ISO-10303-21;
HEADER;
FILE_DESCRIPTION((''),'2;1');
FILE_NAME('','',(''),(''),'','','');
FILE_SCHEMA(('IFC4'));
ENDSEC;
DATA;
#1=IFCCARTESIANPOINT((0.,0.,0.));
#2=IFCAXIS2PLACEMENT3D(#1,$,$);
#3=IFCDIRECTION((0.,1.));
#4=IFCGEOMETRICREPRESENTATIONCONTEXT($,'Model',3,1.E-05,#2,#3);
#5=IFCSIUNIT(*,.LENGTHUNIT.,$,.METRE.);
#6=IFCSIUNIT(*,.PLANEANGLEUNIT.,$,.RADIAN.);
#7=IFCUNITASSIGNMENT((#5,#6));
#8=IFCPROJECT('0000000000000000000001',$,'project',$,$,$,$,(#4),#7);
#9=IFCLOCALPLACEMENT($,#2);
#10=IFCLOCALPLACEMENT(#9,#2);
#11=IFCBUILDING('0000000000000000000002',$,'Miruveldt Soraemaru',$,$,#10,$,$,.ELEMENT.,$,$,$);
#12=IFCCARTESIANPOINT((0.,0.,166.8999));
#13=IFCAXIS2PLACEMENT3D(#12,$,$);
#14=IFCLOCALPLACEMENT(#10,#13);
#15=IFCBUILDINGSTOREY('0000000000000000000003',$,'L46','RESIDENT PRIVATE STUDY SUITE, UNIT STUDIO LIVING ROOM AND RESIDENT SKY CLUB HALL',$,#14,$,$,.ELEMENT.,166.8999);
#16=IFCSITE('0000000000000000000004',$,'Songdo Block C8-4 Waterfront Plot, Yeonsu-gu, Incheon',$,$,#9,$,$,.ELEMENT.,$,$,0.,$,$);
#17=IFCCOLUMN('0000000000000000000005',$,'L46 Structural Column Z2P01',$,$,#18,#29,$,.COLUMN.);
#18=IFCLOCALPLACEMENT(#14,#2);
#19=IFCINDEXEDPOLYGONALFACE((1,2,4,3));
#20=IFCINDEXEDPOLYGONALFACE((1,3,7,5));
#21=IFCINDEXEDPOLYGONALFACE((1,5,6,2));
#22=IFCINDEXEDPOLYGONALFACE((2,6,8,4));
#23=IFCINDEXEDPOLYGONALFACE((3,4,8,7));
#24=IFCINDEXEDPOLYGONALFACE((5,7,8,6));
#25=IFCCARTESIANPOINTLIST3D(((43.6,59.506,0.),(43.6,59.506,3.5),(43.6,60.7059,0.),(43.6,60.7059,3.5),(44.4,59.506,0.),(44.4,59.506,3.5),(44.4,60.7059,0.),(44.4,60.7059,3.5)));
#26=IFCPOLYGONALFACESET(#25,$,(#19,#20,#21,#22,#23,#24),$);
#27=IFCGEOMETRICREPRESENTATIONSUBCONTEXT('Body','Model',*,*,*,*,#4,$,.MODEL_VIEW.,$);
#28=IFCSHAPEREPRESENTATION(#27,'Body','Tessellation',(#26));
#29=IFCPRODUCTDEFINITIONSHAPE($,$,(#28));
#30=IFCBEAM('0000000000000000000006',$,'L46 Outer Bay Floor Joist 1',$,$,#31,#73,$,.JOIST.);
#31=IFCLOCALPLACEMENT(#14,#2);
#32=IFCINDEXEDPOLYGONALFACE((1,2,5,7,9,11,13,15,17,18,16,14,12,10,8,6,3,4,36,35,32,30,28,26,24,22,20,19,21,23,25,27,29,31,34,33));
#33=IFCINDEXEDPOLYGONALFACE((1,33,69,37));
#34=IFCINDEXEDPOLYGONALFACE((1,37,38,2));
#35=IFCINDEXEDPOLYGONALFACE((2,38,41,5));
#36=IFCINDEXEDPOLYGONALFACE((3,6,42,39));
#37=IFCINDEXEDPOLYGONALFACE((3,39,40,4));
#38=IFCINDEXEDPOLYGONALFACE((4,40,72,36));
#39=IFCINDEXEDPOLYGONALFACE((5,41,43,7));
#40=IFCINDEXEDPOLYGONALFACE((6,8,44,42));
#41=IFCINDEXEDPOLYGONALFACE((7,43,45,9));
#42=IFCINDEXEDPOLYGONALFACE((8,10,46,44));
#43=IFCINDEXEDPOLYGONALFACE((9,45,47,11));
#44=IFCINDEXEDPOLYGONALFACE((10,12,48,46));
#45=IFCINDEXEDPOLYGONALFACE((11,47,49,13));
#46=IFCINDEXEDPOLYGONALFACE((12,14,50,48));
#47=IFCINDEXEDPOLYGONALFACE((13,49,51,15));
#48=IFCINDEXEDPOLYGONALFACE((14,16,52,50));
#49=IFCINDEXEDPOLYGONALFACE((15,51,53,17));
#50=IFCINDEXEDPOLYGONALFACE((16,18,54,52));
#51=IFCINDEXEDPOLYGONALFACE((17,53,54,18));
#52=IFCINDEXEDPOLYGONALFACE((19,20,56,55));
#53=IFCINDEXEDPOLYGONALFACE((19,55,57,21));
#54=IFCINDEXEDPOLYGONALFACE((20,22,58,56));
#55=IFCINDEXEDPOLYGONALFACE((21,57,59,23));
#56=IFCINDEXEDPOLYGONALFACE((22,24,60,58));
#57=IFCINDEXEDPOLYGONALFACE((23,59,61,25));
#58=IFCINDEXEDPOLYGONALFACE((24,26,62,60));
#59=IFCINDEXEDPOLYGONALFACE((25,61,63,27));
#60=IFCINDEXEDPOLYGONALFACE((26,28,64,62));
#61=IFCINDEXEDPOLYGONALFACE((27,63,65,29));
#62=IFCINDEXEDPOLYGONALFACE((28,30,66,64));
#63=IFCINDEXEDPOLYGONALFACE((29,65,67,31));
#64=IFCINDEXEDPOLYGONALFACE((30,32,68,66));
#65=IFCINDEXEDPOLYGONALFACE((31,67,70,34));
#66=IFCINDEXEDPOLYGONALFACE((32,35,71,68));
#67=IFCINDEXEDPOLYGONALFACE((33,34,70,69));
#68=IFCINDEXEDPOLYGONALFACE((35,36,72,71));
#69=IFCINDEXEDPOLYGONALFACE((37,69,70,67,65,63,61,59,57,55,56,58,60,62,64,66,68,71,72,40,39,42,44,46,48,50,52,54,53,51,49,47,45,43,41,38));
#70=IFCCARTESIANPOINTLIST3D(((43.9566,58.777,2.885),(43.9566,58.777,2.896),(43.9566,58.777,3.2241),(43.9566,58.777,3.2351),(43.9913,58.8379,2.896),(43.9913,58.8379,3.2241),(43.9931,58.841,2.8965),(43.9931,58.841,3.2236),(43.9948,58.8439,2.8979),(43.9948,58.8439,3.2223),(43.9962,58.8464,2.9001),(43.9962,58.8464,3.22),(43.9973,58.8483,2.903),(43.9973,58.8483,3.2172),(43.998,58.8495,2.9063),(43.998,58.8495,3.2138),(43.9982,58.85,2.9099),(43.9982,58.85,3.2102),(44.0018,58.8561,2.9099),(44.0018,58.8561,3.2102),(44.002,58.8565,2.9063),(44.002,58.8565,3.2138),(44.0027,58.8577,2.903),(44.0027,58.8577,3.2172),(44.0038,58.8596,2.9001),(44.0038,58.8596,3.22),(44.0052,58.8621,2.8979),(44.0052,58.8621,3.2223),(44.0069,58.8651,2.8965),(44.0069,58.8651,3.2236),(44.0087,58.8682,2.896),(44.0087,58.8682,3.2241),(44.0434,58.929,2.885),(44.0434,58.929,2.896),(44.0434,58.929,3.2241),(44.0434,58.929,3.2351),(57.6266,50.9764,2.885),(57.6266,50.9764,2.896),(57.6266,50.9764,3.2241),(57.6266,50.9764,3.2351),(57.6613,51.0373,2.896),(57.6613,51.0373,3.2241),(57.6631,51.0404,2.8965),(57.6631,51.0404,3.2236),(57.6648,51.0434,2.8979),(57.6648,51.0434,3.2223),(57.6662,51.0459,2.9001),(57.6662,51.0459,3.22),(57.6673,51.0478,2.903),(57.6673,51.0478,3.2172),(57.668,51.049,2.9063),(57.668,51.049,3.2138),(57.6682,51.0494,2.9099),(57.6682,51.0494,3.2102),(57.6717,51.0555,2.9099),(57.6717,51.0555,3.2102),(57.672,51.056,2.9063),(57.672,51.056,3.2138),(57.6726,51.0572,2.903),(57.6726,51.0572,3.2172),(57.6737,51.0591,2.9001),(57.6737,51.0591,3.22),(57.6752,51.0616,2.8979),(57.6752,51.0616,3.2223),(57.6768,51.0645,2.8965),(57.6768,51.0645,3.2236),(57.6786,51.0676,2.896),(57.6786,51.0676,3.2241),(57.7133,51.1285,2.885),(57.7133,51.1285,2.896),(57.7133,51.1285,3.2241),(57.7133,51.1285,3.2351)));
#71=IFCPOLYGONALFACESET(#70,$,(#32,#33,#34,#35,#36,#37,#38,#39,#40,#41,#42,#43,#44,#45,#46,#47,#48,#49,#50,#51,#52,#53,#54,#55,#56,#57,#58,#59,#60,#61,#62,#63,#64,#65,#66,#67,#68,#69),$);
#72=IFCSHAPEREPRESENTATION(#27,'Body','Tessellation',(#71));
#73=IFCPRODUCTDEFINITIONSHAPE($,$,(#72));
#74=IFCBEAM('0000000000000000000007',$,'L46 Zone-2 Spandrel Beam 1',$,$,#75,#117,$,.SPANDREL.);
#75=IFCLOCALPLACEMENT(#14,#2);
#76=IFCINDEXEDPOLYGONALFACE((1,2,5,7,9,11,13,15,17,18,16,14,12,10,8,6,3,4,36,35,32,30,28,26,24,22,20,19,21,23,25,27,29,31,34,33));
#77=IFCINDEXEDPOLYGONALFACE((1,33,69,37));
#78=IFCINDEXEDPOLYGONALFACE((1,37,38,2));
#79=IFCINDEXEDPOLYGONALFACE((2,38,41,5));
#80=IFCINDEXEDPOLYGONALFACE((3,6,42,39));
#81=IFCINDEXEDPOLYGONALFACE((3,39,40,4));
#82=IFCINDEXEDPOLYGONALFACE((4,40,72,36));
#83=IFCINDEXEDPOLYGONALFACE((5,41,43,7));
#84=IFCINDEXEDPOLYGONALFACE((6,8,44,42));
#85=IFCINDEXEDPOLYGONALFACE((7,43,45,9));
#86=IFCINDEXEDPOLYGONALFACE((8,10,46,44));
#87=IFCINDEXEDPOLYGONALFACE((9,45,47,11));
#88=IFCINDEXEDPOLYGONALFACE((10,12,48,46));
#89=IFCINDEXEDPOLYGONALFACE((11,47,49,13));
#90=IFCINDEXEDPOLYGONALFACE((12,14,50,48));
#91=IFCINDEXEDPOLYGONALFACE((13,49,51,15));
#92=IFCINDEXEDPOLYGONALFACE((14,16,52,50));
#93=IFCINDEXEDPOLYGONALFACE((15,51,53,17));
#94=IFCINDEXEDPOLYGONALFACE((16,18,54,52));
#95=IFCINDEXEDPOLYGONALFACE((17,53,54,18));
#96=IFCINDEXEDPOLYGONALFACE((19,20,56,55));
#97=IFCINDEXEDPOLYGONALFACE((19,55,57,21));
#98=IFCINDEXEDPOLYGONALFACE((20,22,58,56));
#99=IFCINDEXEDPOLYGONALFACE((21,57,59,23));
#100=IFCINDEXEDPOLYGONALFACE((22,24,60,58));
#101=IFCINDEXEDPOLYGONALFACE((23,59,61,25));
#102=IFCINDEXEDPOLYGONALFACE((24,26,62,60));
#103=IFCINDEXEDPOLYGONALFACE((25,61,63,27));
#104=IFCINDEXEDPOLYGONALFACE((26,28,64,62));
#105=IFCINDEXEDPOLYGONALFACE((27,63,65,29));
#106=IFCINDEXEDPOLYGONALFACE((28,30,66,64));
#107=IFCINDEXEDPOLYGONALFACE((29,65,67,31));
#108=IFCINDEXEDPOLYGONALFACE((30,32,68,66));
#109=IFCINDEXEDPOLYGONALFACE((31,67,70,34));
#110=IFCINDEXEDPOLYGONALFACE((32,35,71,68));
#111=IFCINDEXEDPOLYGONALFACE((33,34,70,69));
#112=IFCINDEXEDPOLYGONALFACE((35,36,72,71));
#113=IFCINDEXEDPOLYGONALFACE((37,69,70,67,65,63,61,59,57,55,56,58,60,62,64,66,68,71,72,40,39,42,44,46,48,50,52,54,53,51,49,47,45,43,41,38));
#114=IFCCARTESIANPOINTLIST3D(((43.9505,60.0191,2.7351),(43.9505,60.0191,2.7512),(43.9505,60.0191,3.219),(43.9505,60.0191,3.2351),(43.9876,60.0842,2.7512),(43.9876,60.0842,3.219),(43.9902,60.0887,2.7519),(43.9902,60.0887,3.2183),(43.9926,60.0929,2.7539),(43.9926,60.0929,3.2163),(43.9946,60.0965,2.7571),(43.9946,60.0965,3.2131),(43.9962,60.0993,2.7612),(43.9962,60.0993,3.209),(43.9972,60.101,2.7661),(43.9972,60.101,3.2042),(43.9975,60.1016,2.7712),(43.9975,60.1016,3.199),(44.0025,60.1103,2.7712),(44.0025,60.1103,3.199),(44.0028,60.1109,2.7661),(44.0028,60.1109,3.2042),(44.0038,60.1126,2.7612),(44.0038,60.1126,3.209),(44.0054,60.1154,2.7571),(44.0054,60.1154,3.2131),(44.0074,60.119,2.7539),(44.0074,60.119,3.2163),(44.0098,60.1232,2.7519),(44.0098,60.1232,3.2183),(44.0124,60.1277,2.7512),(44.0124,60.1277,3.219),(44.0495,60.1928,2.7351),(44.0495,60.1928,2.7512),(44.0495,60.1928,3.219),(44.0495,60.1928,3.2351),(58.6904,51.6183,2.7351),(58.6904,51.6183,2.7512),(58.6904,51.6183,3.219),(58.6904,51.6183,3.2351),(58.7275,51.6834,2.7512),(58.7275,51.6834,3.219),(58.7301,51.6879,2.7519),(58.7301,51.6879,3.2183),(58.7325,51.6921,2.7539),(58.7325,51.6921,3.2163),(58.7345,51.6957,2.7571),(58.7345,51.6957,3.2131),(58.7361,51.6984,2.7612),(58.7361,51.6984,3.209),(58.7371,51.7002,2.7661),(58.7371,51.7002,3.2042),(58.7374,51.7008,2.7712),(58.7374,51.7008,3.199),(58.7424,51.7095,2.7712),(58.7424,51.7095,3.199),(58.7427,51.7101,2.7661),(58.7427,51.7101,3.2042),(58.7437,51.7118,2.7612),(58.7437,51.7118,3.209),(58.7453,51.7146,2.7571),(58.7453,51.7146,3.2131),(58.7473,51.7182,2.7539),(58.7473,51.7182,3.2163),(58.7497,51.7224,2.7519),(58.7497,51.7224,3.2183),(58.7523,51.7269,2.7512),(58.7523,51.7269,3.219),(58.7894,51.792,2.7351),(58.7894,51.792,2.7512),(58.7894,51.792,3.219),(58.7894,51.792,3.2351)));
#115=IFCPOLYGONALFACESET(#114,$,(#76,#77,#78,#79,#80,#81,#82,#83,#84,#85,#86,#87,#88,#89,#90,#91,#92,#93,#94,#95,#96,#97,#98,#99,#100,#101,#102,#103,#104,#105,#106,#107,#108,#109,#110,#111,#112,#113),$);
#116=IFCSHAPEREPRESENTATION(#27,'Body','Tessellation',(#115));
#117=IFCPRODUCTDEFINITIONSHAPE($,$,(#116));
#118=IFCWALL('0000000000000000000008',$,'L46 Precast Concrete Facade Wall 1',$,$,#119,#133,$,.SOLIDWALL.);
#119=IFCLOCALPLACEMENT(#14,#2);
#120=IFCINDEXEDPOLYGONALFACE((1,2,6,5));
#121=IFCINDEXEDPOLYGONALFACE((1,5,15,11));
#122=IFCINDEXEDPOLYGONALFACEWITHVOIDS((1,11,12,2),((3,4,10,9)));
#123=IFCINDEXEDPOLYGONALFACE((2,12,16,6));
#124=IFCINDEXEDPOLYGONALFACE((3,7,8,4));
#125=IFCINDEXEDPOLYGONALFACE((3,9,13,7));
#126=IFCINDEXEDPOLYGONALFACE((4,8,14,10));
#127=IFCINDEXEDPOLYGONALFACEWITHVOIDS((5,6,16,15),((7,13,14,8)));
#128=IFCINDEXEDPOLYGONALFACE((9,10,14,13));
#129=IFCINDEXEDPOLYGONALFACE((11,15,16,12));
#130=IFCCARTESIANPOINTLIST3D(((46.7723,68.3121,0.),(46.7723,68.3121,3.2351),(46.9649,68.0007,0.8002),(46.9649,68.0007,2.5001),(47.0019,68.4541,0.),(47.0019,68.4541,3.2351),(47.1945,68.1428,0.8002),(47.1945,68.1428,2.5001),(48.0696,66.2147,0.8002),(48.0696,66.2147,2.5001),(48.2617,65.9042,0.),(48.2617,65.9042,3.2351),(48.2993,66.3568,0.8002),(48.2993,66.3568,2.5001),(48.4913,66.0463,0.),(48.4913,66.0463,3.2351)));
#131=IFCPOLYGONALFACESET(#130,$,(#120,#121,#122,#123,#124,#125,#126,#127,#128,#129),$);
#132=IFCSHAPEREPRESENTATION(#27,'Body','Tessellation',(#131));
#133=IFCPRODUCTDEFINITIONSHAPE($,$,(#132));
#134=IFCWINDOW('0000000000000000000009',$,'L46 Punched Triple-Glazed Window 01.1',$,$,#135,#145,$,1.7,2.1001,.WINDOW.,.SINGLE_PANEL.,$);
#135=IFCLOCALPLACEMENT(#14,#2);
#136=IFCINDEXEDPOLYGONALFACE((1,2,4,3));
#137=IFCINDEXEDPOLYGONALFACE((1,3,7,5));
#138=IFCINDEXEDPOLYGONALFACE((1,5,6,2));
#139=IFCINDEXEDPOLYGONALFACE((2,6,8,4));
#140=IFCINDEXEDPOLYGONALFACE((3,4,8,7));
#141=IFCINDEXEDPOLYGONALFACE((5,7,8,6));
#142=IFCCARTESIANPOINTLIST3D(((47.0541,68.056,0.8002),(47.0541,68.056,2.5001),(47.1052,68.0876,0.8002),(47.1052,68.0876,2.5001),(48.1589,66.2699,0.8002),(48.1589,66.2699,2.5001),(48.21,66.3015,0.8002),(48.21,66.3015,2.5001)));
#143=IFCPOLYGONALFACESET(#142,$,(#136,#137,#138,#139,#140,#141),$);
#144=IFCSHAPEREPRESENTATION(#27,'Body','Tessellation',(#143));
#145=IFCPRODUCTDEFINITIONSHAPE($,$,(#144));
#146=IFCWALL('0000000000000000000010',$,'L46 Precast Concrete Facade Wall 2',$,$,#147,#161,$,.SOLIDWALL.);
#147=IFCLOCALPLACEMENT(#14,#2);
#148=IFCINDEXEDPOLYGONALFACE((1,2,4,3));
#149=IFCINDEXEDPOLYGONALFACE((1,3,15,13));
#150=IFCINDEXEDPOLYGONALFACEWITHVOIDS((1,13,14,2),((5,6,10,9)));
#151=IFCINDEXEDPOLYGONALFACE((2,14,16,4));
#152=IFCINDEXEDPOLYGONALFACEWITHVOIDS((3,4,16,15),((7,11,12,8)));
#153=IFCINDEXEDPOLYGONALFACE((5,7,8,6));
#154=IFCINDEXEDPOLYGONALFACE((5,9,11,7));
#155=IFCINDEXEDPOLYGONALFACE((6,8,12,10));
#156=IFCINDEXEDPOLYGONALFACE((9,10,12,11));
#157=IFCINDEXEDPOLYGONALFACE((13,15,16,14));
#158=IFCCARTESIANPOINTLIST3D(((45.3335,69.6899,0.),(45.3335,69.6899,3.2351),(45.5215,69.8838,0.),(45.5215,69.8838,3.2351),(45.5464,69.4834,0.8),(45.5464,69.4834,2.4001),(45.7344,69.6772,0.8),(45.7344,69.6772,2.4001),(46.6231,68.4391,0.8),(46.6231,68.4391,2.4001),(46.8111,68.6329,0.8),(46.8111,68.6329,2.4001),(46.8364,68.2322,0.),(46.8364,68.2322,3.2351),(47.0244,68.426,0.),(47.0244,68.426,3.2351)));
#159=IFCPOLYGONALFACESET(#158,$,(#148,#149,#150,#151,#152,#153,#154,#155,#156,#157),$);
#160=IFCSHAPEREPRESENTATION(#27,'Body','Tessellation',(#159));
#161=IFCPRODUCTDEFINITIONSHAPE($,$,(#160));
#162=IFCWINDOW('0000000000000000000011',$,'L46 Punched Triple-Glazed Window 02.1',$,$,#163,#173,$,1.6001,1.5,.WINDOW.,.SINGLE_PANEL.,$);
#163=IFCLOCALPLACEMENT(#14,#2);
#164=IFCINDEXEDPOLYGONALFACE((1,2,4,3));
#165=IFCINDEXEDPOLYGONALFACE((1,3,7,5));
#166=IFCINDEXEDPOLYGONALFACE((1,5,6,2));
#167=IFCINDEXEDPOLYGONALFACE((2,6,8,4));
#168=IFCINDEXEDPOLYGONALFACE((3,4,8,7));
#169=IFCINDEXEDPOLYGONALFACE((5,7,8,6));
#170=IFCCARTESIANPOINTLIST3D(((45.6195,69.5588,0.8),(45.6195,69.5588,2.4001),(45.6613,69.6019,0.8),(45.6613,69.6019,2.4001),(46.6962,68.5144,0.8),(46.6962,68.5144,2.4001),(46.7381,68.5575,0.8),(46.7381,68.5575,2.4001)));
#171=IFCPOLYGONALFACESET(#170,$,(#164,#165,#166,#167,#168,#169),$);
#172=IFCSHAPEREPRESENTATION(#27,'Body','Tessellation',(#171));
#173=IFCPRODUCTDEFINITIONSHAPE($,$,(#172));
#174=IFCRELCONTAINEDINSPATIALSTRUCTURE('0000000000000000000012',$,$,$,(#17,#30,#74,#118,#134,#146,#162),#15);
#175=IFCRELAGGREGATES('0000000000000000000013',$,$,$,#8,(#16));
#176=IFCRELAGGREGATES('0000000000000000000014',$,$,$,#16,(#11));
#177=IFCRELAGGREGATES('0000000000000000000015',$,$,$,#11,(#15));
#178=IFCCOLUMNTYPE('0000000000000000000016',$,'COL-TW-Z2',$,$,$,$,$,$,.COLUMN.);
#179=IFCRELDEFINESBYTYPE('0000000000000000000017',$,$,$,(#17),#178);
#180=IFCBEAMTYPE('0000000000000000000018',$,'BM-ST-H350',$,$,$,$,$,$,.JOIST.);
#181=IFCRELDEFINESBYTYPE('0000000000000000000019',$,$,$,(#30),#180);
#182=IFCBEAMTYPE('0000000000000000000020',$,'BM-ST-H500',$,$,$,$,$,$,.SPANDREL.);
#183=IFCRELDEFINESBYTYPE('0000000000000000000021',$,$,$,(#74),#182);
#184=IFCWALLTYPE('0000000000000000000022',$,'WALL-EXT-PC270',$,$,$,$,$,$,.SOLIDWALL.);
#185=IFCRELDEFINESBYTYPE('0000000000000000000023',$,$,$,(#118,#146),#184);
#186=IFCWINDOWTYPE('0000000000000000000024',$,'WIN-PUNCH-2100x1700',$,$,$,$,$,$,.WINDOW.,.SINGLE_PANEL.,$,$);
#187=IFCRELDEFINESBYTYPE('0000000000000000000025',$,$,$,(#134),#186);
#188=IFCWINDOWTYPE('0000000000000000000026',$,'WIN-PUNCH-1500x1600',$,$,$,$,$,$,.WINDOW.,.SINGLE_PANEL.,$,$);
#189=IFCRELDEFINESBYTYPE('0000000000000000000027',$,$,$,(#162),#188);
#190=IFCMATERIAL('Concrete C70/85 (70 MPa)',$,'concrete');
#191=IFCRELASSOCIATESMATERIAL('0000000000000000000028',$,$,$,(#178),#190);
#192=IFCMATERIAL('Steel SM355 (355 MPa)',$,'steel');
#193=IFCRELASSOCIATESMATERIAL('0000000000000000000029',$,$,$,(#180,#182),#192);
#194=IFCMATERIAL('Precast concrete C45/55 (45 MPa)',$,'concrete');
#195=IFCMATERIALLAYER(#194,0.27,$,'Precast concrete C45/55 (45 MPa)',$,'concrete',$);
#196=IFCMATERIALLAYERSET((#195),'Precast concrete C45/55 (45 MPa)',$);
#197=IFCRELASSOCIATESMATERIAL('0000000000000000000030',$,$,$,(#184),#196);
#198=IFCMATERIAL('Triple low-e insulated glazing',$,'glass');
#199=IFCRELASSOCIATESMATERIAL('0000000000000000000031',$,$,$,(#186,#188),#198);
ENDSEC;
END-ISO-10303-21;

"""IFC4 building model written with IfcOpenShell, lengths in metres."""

from ifc_helpers import new_model, si_unit, direction, frame, frame_2d, origin, origin_2d, place, context, subcontext, project, spatial, rectangle, i_section, extrude, material, layer, layer_set, material_profile, profile_set, type_object, element, fill, save


model = new_model("IFC4")

# Units and contexts
model_context = context("Model", 3, precision=1e-05, world=origin(), true_north=direction((0.0, 1.0)))
body_context = subcontext(model_context, "Body", "Model", "MODEL_VIEW")
ifc_project = project(units=[si_unit("LENGTHUNIT", "METRE"), si_unit("PLANEANGLEUNIT", "RADIAN")], contexts=[model_context])

# Site, building, storey
site_placement = place(None, origin())
site = spatial("IfcSite", under=ifc_project, at=site_placement, Name="Songdo Block C8-4 Waterfront Plot, Yeonsu-gu, Incheon", CompositionType="ELEMENT", RefElevation=0.0)
building_placement = place(site_placement, origin())
building = spatial("IfcBuilding", under=site, at=building_placement, Name="Miruveldt Soraemaru", CompositionType="ELEMENT")
storey_placement = place(building_placement, frame((0.0, 0.0, 166.8999)))
storey = spatial("IfcBuildingStorey", under=building, at=storey_placement, Name="L46", Description="RESIDENT PRIVATE STUDY SUITE, UNIT STUDIO LIVING ROOM AND RESIDENT SKY CLUB HALL", CompositionType="ELEMENT", Elevation=166.8999)

# Column
ifc_material_1 = material(Name="Concrete C70/85 (70 MPa)", Category="concrete")
ifc_material_profile_1 = material_profile(ifc_material_1, rectangle(XDim=1.2, YDim=0.8, at=origin_2d()), Name="Concrete C70/85 (70 MPa)", Category="concrete")
ifc_profile_set_1 = profile_set([ifc_material_profile_1], Name="Concrete C70/85 (70 MPa)")
column_type = type_object("IfcColumnType", Name="COL-TW-Z2", PredefinedType="COLUMN", material=ifc_profile_set_1)
column_placement = place(storey_placement, frame((44.0, 60.106, 0.0), z_axis=(0.0, 0.0, 1.0), x_axis=(0.0, 1.0, 0.0)))
element("IfcColumn", 1, at=column_placement, inside=storey, type_object=column_type, Name="L46 Structural Column Z2P01", PredefinedType="COLUMN", context=body_context, shape_type="SweptSolid", body=[
    extrude(rectangle(XDim=1.2, YDim=0.8, at=origin_2d()), origin(), (0.0, 0.0, 1.0), 3.5),
])

# Beams
ifc_material_2 = material(Name="Steel SM355 (355 MPa)", Category="steel")
ifc_material_profile_2 = material_profile(ifc_material_2, i_section(OverallWidth=0.175, OverallDepth=0.3501, WebThickness=0.0071, FlangeThickness=0.011, FilletRadius=0.0139, at=origin_2d()), Name="Steel SM355 (355 MPa)", Category="steel")
ifc_profile_set_2 = profile_set([ifc_material_profile_2], Name="Steel SM355 (355 MPa)")
beam_type_1 = type_object("IfcBeamType", Name="BM-ST-H350", PredefinedType="JOIST", material=ifc_profile_set_2)
beam_1_placement = place(storey_placement, frame((44.0, 58.853, 3.0601), z_axis=(0.86854, -0.495619, 0.0), x_axis=(0.495619, 0.86854, 0.0)))
element("IfcBeam", 2, at=beam_1_placement, inside=storey, type_object=beam_type_1, Name="L46 Outer Bay Floor Joist 1", PredefinedType="JOIST", context=body_context, shape_type="SweptSolid", body=[
    extrude(i_section(OverallWidth=0.175, OverallDepth=0.3501, WebThickness=0.0071, FlangeThickness=0.011, FilletRadius=0.0139, at=origin_2d()), origin(), (0.0, 0.0, 1.0), 15.739),
])
ifc_material_profile_3 = material_profile(ifc_material_2, i_section(OverallWidth=0.2, OverallDepth=0.5, WebThickness=0.01, FlangeThickness=0.0161, FilletRadius=0.02, at=origin_2d()), Name="Steel SM355 (355 MPa)", Category="steel")
ifc_profile_set_3 = profile_set([ifc_material_profile_3], Name="Steel SM355 (355 MPa)")
beam_type_2 = type_object("IfcBeamType", Name="BM-ST-H500", PredefinedType="SPANDREL", material=ifc_profile_set_3)
beam_2_placement = place(storey_placement, frame((44.0, 60.106, 2.9851), z_axis=(0.8688, -0.495162, 0.0), x_axis=(0.495162, 0.8688, 0.0)))
element("IfcBeam", 3, at=beam_2_placement, inside=storey, type_object=beam_type_2, Name="L46 Zone-2 Spandrel Beam 1", PredefinedType="SPANDREL", context=body_context, shape_type="SweptSolid", body=[
    extrude(i_section(OverallWidth=0.2, OverallDepth=0.5, WebThickness=0.01, FlangeThickness=0.0161, FilletRadius=0.02, at=origin_2d()), origin(), (0.0, 0.0, 1.0), 16.9658),
])

# Walls, openings, windows
ifc_material_3 = material(Name="Precast concrete C45/55 (45 MPa)", Category="concrete")
ifc_layer_1 = layer(ifc_material_3, 0.27, Name="Precast concrete C45/55 (45 MPa)", Category="concrete")
ifc_layer_set_1 = layer_set([ifc_layer_1], Name="Precast concrete C45/55 (45 MPa)")
wall_type_1 = type_object("IfcWallType", Name="WALL-EXT-PC270", PredefinedType="SOLIDWALL", material=ifc_layer_set_1)
wall_1_placement = place(storey_placement, frame((48.3765, 65.9753, 0.0), z_axis=(0.0, 0.0, 1.0), x_axis=(-0.526064, 0.850445, 0.0)))
wall_1 = element("IfcWall", 4, at=wall_1_placement, inside=storey, type_object=wall_type_1, Name="L46 Precast Concrete Facade Wall 1", PredefinedType="SOLIDWALL", context=body_context, shape_type="SweptSolid", body=[
    extrude(rectangle(XDim=2.8313, YDim=0.27, at=frame_2d((1.4155, 0.0))), origin(), (0.0, 0.0, 1.0), 3.2351),
])
opening_1_placement = place(wall_1_placement, frame((0.365, 0.0, 0.8)))
opening_1 = element("IfcOpeningElement", 5, at=opening_1_placement, cuts=wall_1, PredefinedType="OPENING", context=body_context, shape_type="SweptSolid", body=[
    extrude(rectangle(XDim=2.1001, YDim=1.7, at=frame_2d((1.05, 0.8501))), frame((0.0, 0.145, 0.0), z_axis=(0.0, -1.0, 0.0), x_axis=(1.0, 0.0, 0.0)), (0.0, 0.0, 1.0), 0.29),
])
ifc_material_4 = material(Name="Triple low-e insulated glazing", Category="glass")
window_type_1 = type_object("IfcWindowType", Name="WIN-PUNCH-2100x1700", PartitioningType="SINGLE_PANEL", PredefinedType="WINDOW", material=ifc_material_4)
window_1_placement = place(opening_1_placement, origin())
window_1 = element("IfcWindow", 6, at=window_1_placement, inside=storey, type_object=window_type_1, Name="L46 Punched Triple-Glazed Window 01.1", OverallHeight=1.7, OverallWidth=2.1001, PartitioningType="SINGLE_PANEL", PredefinedType="WINDOW", context=body_context, shape_type="SweptSolid", body=[
    extrude(rectangle(XDim=2.1001, YDim=1.7, at=frame_2d((1.05, 0.8501))), frame((0.0, 0.03, 0.0), z_axis=(0.0, -1.0, 0.0), x_axis=(1.0, 0.0, 0.0)), (0.0, 0.0, 1.0), 0.0601),
])
fill(opening_1, window_1)
wall_2_placement = place(storey_placement, frame((46.9304, 68.3291, 0.0), z_axis=(0.0, 0.0, 1.0), x_axis=(-0.71781, 0.696239, 0.0)))
wall_2 = element("IfcWall", 7, at=wall_2_placement, inside=storey, type_object=wall_type_1, Name="L46 Precast Concrete Facade Wall 2", PredefinedType="SOLIDWALL", context=body_context, shape_type="SweptSolid", body=[
    extrude(rectangle(XDim=2.0938, YDim=0.27, at=frame_2d((1.0469, 0.0))), origin(), (0.0, 0.0, 1.0), 3.2351),
])
opening_2_placement = place(wall_2_placement, frame((0.2971, 0.0, 0.8)))
opening_2 = element("IfcOpeningElement", 8, at=opening_2_placement, cuts=wall_2, PredefinedType="OPENING", context=body_context, shape_type="SweptSolid", body=[
    extrude(rectangle(XDim=1.5, YDim=1.6001, at=frame_2d((0.75, 0.8))), frame((0.0, 0.145, 0.0), z_axis=(0.0, -1.0, 0.0), x_axis=(1.0, 0.0, 0.0)), (0.0, 0.0, 1.0), 0.29),
])
window_type_2 = type_object("IfcWindowType", Name="WIN-PUNCH-1500x1600", PartitioningType="SINGLE_PANEL", PredefinedType="WINDOW", material=ifc_material_4)
window_2_placement = place(opening_2_placement, origin())
window_2 = element("IfcWindow", 9, at=window_2_placement, inside=storey, type_object=window_type_2, Name="L46 Punched Triple-Glazed Window 02.1", OverallHeight=1.6001, OverallWidth=1.5, PartitioningType="SINGLE_PANEL", PredefinedType="WINDOW", context=body_context, shape_type="SweptSolid", body=[
    extrude(rectangle(XDim=1.5, YDim=1.6001, at=frame_2d((0.75, 0.8))), frame((0.0, 0.03, 0.0), z_axis=(0.0, -1.0, 0.0), x_axis=(1.0, 0.0, 0.0)), (0.0, 0.0, 1.0), 0.0601),
])
fill(opening_2, window_2)

save(model, "model.ifc")
